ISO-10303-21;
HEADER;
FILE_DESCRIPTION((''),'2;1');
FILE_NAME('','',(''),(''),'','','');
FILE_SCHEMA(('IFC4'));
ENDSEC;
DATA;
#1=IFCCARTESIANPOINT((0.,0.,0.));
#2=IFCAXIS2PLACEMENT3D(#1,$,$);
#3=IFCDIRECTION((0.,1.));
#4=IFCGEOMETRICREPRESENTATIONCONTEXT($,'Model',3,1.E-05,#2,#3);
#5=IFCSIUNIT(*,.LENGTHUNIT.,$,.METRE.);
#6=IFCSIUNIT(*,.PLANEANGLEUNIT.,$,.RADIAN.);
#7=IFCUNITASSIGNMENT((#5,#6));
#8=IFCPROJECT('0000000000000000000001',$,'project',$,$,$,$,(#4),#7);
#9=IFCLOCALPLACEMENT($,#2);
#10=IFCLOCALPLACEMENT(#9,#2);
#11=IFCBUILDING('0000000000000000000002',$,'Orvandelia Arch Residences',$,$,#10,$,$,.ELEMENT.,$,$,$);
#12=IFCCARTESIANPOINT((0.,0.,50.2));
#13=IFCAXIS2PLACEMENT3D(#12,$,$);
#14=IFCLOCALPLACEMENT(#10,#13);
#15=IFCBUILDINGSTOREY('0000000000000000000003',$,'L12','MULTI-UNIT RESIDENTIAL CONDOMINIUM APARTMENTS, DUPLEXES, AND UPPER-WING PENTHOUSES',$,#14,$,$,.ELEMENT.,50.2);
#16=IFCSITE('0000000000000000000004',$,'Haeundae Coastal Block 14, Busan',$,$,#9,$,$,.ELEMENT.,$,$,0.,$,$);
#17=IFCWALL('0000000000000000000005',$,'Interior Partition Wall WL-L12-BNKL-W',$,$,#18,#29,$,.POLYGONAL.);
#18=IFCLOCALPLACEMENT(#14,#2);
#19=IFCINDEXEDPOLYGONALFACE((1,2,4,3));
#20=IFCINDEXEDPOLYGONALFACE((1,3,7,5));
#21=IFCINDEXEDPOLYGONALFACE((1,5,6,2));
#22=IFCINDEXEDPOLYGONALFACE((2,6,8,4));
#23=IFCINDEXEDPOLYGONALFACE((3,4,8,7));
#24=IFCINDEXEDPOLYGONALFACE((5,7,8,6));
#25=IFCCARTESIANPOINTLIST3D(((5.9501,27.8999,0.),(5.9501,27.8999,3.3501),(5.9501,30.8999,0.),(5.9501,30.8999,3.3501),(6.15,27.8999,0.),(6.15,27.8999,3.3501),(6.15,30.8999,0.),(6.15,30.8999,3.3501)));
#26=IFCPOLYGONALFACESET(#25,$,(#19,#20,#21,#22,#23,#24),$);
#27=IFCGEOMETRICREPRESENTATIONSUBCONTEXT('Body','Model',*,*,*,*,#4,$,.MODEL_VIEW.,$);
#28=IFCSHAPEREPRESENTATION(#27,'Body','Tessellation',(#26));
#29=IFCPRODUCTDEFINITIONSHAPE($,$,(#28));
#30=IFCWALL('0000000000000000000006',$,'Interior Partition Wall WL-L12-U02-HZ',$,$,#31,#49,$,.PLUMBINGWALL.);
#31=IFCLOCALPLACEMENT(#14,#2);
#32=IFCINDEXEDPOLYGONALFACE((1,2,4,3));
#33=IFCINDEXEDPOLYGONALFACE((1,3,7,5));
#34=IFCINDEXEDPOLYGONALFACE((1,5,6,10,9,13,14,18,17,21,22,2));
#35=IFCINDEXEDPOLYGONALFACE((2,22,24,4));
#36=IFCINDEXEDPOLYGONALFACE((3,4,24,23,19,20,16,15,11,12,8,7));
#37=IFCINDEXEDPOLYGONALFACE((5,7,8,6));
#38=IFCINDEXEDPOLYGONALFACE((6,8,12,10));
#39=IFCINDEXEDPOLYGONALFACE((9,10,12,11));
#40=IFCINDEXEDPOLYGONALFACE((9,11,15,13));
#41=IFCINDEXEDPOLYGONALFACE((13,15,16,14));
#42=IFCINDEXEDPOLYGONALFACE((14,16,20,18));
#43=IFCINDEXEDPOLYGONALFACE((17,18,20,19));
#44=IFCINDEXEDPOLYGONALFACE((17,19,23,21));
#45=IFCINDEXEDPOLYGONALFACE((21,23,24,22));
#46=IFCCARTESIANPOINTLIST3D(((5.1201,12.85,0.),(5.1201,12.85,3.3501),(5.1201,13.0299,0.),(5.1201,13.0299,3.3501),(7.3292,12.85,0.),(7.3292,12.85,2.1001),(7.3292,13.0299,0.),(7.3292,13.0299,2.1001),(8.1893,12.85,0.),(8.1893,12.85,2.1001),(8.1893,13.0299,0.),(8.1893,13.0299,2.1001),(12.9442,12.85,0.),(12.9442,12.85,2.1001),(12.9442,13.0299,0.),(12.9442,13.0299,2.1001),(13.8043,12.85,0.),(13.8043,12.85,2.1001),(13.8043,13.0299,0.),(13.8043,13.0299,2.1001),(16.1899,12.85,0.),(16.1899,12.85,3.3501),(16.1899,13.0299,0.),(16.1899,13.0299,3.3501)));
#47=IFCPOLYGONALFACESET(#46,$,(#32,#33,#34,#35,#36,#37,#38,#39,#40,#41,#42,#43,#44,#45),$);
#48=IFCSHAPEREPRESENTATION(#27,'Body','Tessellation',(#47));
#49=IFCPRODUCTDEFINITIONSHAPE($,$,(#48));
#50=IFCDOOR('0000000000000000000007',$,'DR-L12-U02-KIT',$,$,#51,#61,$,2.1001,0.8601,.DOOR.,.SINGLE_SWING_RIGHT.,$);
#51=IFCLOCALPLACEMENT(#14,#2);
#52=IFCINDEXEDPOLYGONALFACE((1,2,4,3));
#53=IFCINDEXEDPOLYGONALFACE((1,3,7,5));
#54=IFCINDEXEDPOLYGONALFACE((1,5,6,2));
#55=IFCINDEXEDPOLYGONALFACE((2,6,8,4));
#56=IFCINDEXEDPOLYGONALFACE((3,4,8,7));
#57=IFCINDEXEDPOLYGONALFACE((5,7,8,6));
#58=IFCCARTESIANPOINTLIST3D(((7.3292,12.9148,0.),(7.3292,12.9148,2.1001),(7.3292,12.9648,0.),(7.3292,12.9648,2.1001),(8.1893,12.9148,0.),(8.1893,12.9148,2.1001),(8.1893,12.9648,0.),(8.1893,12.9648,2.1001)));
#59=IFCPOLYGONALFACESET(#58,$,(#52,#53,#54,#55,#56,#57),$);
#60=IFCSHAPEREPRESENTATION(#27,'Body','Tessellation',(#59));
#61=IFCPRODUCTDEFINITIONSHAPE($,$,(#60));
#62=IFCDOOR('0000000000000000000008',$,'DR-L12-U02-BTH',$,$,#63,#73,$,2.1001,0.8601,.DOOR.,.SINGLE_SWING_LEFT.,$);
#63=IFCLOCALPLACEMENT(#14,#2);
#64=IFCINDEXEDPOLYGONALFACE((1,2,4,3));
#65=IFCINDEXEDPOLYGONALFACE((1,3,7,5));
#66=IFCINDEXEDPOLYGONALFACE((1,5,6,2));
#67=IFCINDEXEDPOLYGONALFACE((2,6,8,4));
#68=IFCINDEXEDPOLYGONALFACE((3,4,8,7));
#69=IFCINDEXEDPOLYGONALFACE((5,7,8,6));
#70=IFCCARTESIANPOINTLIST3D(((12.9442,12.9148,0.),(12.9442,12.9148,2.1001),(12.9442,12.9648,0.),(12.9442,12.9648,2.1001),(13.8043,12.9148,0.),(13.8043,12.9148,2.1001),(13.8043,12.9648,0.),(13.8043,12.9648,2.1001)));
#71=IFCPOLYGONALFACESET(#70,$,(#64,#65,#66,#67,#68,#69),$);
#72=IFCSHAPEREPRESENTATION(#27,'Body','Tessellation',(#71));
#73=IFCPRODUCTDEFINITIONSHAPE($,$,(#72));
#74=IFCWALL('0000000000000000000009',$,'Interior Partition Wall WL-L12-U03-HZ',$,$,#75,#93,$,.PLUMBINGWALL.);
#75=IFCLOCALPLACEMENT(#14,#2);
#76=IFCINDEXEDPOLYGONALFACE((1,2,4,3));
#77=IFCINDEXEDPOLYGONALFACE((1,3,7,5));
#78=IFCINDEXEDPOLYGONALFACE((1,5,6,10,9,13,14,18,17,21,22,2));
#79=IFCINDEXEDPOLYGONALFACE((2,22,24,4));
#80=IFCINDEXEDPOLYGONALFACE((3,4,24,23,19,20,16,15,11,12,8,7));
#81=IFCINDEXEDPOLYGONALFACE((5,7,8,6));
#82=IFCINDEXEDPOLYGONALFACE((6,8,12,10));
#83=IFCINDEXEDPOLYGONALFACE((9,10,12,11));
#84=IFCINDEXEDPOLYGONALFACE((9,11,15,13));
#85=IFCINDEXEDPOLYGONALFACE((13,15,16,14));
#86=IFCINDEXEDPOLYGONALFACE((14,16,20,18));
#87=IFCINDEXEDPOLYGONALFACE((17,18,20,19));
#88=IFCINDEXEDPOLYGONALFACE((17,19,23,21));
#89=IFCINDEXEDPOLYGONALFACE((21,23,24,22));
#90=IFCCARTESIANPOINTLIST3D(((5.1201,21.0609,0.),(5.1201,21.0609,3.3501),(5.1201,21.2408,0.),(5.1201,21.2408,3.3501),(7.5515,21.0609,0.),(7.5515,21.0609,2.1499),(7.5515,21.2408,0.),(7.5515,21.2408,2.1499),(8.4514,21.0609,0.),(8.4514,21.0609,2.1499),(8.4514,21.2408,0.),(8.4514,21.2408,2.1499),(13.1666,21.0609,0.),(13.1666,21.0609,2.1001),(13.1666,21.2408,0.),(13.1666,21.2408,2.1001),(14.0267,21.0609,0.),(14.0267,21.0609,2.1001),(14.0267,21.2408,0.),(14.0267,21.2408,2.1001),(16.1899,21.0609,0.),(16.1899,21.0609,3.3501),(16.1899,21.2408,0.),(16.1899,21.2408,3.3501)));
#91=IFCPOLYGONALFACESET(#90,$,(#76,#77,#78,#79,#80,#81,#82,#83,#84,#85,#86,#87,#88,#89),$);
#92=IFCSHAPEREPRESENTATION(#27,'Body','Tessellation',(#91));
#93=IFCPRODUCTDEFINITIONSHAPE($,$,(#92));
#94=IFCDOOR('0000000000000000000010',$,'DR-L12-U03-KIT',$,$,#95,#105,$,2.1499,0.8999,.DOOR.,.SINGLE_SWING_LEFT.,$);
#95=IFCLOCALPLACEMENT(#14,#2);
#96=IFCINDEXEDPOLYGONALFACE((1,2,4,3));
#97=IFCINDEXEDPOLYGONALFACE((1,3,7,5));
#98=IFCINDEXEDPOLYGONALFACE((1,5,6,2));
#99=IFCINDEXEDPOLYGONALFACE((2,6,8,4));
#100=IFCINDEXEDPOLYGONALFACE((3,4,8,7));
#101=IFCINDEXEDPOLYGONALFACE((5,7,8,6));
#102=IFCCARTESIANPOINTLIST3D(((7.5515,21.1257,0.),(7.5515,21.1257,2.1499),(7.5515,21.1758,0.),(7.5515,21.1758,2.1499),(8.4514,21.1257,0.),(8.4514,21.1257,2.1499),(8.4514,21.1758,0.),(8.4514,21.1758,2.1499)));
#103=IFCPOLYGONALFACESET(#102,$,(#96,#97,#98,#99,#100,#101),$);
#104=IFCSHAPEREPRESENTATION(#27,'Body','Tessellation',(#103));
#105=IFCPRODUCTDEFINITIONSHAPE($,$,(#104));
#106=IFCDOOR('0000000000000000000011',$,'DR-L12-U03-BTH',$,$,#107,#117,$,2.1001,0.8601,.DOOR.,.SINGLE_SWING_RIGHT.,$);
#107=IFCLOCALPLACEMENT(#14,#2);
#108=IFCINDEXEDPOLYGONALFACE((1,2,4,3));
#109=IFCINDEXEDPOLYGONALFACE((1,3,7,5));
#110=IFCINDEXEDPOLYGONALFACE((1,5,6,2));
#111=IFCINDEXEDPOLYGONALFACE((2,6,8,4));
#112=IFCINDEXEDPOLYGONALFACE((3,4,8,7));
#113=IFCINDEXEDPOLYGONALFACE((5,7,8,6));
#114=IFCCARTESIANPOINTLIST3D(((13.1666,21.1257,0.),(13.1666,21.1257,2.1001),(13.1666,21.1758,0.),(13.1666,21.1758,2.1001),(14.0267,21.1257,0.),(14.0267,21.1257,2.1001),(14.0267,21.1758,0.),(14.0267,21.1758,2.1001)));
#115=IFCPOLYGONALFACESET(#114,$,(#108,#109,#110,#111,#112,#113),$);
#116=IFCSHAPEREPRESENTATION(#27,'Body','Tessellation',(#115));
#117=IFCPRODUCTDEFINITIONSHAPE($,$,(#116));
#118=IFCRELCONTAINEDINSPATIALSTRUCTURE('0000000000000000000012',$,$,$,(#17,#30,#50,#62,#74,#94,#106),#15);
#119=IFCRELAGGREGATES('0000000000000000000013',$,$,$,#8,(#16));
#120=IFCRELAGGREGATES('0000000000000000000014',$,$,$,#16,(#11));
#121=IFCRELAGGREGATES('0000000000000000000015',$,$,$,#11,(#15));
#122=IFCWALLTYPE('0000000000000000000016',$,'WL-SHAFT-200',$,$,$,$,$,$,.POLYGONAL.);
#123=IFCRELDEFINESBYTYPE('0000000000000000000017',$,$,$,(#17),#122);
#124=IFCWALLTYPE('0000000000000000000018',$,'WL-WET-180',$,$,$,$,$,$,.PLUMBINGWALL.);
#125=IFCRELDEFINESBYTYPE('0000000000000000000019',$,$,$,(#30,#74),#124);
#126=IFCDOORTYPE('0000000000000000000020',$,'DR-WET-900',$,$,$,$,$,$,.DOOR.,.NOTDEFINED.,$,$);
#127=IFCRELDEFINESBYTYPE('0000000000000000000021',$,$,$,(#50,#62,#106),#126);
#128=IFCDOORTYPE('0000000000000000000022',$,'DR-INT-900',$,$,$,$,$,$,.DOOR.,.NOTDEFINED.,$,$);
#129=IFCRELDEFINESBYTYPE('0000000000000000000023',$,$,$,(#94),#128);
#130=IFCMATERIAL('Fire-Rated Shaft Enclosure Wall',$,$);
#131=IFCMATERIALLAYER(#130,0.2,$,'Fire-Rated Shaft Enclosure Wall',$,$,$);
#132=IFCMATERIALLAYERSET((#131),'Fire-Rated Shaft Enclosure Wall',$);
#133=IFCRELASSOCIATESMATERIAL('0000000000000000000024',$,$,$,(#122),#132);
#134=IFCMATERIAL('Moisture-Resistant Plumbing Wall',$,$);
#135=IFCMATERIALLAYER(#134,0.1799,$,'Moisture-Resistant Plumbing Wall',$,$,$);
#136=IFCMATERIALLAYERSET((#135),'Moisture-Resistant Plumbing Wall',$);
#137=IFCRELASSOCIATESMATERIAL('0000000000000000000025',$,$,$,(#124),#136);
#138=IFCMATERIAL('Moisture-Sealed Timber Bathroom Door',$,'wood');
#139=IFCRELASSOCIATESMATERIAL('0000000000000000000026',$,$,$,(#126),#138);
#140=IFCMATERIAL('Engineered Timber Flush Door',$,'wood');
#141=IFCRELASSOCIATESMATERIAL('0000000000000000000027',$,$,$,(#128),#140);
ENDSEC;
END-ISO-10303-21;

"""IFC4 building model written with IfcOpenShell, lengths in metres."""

from ifc_helpers import new_model, si_unit, direction, frame, frame_2d, origin, place, context, subcontext, project, spatial, rectangle, extrude, material, layer, layer_set, type_object, element, fill, save


model = new_model("IFC4")

# Units and contexts
model_context = context("Model", 3, precision=1e-05, world=origin(), true_north=direction((0.0, 1.0)))
body_context = subcontext(model_context, "Body", "Model", "MODEL_VIEW")
ifc_project = project(units=[si_unit("LENGTHUNIT", "METRE"), si_unit("PLANEANGLEUNIT", "RADIAN")], contexts=[model_context])

# Site, building, storey
site_placement = place(None, origin())
site = spatial("IfcSite", under=ifc_project, at=site_placement, Name="Haeundae Coastal Block 14, Busan", CompositionType="ELEMENT", RefElevation=0.0)
building_placement = place(site_placement, origin())
building = spatial("IfcBuilding", under=site, at=building_placement, Name="Orvandelia Arch Residences", CompositionType="ELEMENT")
storey_placement = place(building_placement, frame((0.0, 0.0, 50.2)))
storey = spatial("IfcBuildingStorey", under=building, at=storey_placement, Name="L12", Description="MULTI-UNIT RESIDENTIAL CONDOMINIUM APARTMENTS, DUPLEXES, AND UPPER-WING PENTHOUSES", CompositionType="ELEMENT", Elevation=50.2)

# Wall
ifc_material_1 = material(Name="Fire-Rated Shaft Enclosure Wall")
ifc_layer_1 = layer(ifc_material_1, 0.2, Name="Fire-Rated Shaft Enclosure Wall")
ifc_layer_set_1 = layer_set([ifc_layer_1], Name="Fire-Rated Shaft Enclosure Wall")
wall_type_1 = type_object("IfcWallType", Name="WL-SHAFT-200", PredefinedType="POLYGONAL", material=ifc_layer_set_1)
wall_1_placement = place(storey_placement, frame((6.05, 27.8999, 0.0), z_axis=(0.0, 0.0, 1.0), x_axis=(0.0, 1.0, 0.0)))
element("IfcWall", 1, at=wall_1_placement, inside=storey, type_object=wall_type_1, Name="Interior Partition Wall WL-L12-BNKL-W", PredefinedType="POLYGONAL", context=body_context, shape_type="SweptSolid", body=[
    extrude(rectangle(XDim=3.0, YDim=0.2, at=frame_2d((1.5, 0.0))), origin(), (0.0, 0.0, 1.0), 3.3501),
])

# Walls, openings, doors
ifc_material_2 = material(Name="Moisture-Resistant Plumbing Wall")
ifc_layer_2 = layer(ifc_material_2, 0.1799, Name="Moisture-Resistant Plumbing Wall")
ifc_layer_set_2 = layer_set([ifc_layer_2], Name="Moisture-Resistant Plumbing Wall")
wall_type_2 = type_object("IfcWallType", Name="WL-WET-180", PredefinedType="PLUMBINGWALL", material=ifc_layer_set_2)
wall_2_placement = place(storey_placement, frame((5.1201, 12.9399, 0.0), z_axis=(0.0, 0.0, 1.0), x_axis=(1.0, 0.0, 0.0)))
wall_2 = element("IfcWall", 2, at=wall_2_placement, inside=storey, type_object=wall_type_2, Name="Interior Partition Wall WL-L12-U02-HZ", PredefinedType="PLUMBINGWALL", context=body_context, shape_type="SweptSolid", body=[
    extrude(rectangle(XDim=11.0698, YDim=0.1799, at=frame_2d((5.5349, 0.0))), origin(), (0.0, 0.0, 1.0), 3.3501),
])
opening_1_placement = place(wall_2_placement, frame((2.209, 0.0, 0.0)))
opening_1 = element("IfcOpeningElement", 3, at=opening_1_placement, cuts=wall_2, PredefinedType="OPENING", context=body_context, shape_type="SweptSolid", body=[
    extrude(rectangle(XDim=0.8601, YDim=2.1001, at=frame_2d((0.4302, 1.05))), frame((0.0, 0.1001, 0.0), z_axis=(0.0, -1.0, 0.0), x_axis=(1.0, 0.0, 0.0)), (0.0, 0.0, 1.0), 0.2),
])
opening_2_placement = place(wall_2_placement, frame((7.824, 0.0, 0.0)))
opening_2 = element("IfcOpeningElement", 4, at=opening_2_placement, cuts=wall_2, PredefinedType="OPENING", context=body_context, shape_type="SweptSolid", body=[
    extrude(rectangle(XDim=0.8601, YDim=2.1001, at=frame_2d((0.4302, 1.05))), frame((0.0, 0.1001, 0.0), z_axis=(0.0, -1.0, 0.0), x_axis=(1.0, 0.0, 0.0)), (0.0, 0.0, 1.0), 0.2),
])
ifc_material_3 = material(Name="Moisture-Sealed Timber Bathroom Door", Category="wood")
door_type_1 = type_object("IfcDoorType", Name="DR-WET-900", OperationType="NOTDEFINED", PredefinedType="DOOR", material=ifc_material_3)
door_1_placement = place(opening_1_placement, origin())
door_1 = element("IfcDoor", 5, at=door_1_placement, inside=storey, type_object=door_type_1, Name="DR-L12-U02-KIT", OperationType="SINGLE_SWING_RIGHT", OverallHeight=2.1001, OverallWidth=0.8601, PredefinedType="DOOR", context=body_context, shape_type="SweptSolid", body=[
    extrude(rectangle(XDim=0.8601, YDim=2.1001, at=frame_2d((0.4302, 1.05))), frame((0.0, 0.0249, 0.0), z_axis=(0.0, -1.0, 0.0), x_axis=(1.0, 0.0, 0.0)), (0.0, 0.0, 1.0), 0.05),
])
fill(opening_1, door_1)
door_2_placement = place(opening_2_placement, origin())
door_2 = element("IfcDoor", 6, at=door_2_placement, inside=storey, type_object=door_type_1, Name="DR-L12-U02-BTH", OperationType="SINGLE_SWING_LEFT", OverallHeight=2.1001, OverallWidth=0.8601, PredefinedType="DOOR", context=body_context, shape_type="SweptSolid", body=[
    extrude(rectangle(XDim=0.8601, YDim=2.1001, at=frame_2d((0.4302, 1.05))), frame((0.0, 0.0249, 0.0), z_axis=(0.0, -1.0, 0.0), x_axis=(1.0, 0.0, 0.0)), (0.0, 0.0, 1.0), 0.05),
])
fill(opening_2, door_2)
wall_3_placement = place(storey_placement, frame((5.1201, 21.1509, 0.0), z_axis=(0.0, 0.0, 1.0), x_axis=(1.0, 0.0, 0.0)))
wall_3 = element("IfcWall", 7, at=wall_3_placement, inside=storey, type_object=wall_type_2, Name="Interior Partition Wall WL-L12-U03-HZ", PredefinedType="PLUMBINGWALL", context=body_context, shape_type="SweptSolid", body=[
    extrude(rectangle(XDim=11.0698, YDim=0.1799, at=frame_2d((5.5349, 0.0))), origin(), (0.0, 0.0, 1.0), 3.3501),
])
opening_3_placement = place(wall_3_placement, frame((2.4314, 0.0, 0.0)))
opening_3 = element("IfcOpeningElement", 8, at=opening_3_placement, cuts=wall_3, PredefinedType="OPENING", context=body_context, shape_type="SweptSolid", body=[
    extrude(rectangle(XDim=0.8999, YDim=2.1499, at=frame_2d((0.45, 1.075))), frame((0.0, 0.1001, 0.0), z_axis=(0.0, -1.0, 0.0), x_axis=(1.0, 0.0, 0.0)), (0.0, 0.0, 1.0), 0.2),
])
opening_4_placement = place(wall_3_placement, frame((8.0464, 0.0, 0.0)))
opening_4 = element("IfcOpeningElement", 9, at=opening_4_placement, cuts=wall_3, PredefinedType="OPENING", context=body_context, shape_type="SweptSolid", body=[
    extrude(rectangle(XDim=0.8601, YDim=2.1001, at=frame_2d((0.4302, 1.05))), frame((0.0, 0.1001, 0.0), z_axis=(0.0, -1.0, 0.0), x_axis=(1.0, 0.0, 0.0)), (0.0, 0.0, 1.0), 0.2),
])
ifc_material_4 = material(Name="Engineered Timber Flush Door", Category="wood")
door_type_2 = type_object("IfcDoorType", Name="DR-INT-900", OperationType="NOTDEFINED", PredefinedType="DOOR", material=ifc_material_4)
door_3_placement = place(opening_3_placement, origin())
door_3 = element("IfcDoor", 10, at=door_3_placement, inside=storey, type_object=door_type_2, Name="DR-L12-U03-KIT", OperationType="SINGLE_SWING_LEFT", OverallHeight=2.1499, OverallWidth=0.8999, PredefinedType="DOOR", context=body_context, shape_type="SweptSolid", body=[
    extrude(rectangle(XDim=0.8999, YDim=2.1499, at=frame_2d((0.45, 1.075))), frame((0.0, 0.0249, 0.0), z_axis=(0.0, -1.0, 0.0), x_axis=(1.0, 0.0, 0.0)), (0.0, 0.0, 1.0), 0.05),
])
fill(opening_3, door_3)
door_4_placement = place(opening_4_placement, origin())
door_4 = element("IfcDoor", 11, at=door_4_placement, inside=storey, type_object=door_type_1, Name="DR-L12-U03-BTH", OperationType="SINGLE_SWING_RIGHT", OverallHeight=2.1001, OverallWidth=0.8601, PredefinedType="DOOR", context=body_context, shape_type="SweptSolid", body=[
    extrude(rectangle(XDim=0.8601, YDim=2.1001, at=frame_2d((0.4302, 1.05))), frame((0.0, 0.0249, 0.0), z_axis=(0.0, -1.0, 0.0), x_axis=(1.0, 0.0, 0.0)), (0.0, 0.0, 1.0), 0.05),
])
fill(opening_4, door_4)

save(model, "model.ifc")
